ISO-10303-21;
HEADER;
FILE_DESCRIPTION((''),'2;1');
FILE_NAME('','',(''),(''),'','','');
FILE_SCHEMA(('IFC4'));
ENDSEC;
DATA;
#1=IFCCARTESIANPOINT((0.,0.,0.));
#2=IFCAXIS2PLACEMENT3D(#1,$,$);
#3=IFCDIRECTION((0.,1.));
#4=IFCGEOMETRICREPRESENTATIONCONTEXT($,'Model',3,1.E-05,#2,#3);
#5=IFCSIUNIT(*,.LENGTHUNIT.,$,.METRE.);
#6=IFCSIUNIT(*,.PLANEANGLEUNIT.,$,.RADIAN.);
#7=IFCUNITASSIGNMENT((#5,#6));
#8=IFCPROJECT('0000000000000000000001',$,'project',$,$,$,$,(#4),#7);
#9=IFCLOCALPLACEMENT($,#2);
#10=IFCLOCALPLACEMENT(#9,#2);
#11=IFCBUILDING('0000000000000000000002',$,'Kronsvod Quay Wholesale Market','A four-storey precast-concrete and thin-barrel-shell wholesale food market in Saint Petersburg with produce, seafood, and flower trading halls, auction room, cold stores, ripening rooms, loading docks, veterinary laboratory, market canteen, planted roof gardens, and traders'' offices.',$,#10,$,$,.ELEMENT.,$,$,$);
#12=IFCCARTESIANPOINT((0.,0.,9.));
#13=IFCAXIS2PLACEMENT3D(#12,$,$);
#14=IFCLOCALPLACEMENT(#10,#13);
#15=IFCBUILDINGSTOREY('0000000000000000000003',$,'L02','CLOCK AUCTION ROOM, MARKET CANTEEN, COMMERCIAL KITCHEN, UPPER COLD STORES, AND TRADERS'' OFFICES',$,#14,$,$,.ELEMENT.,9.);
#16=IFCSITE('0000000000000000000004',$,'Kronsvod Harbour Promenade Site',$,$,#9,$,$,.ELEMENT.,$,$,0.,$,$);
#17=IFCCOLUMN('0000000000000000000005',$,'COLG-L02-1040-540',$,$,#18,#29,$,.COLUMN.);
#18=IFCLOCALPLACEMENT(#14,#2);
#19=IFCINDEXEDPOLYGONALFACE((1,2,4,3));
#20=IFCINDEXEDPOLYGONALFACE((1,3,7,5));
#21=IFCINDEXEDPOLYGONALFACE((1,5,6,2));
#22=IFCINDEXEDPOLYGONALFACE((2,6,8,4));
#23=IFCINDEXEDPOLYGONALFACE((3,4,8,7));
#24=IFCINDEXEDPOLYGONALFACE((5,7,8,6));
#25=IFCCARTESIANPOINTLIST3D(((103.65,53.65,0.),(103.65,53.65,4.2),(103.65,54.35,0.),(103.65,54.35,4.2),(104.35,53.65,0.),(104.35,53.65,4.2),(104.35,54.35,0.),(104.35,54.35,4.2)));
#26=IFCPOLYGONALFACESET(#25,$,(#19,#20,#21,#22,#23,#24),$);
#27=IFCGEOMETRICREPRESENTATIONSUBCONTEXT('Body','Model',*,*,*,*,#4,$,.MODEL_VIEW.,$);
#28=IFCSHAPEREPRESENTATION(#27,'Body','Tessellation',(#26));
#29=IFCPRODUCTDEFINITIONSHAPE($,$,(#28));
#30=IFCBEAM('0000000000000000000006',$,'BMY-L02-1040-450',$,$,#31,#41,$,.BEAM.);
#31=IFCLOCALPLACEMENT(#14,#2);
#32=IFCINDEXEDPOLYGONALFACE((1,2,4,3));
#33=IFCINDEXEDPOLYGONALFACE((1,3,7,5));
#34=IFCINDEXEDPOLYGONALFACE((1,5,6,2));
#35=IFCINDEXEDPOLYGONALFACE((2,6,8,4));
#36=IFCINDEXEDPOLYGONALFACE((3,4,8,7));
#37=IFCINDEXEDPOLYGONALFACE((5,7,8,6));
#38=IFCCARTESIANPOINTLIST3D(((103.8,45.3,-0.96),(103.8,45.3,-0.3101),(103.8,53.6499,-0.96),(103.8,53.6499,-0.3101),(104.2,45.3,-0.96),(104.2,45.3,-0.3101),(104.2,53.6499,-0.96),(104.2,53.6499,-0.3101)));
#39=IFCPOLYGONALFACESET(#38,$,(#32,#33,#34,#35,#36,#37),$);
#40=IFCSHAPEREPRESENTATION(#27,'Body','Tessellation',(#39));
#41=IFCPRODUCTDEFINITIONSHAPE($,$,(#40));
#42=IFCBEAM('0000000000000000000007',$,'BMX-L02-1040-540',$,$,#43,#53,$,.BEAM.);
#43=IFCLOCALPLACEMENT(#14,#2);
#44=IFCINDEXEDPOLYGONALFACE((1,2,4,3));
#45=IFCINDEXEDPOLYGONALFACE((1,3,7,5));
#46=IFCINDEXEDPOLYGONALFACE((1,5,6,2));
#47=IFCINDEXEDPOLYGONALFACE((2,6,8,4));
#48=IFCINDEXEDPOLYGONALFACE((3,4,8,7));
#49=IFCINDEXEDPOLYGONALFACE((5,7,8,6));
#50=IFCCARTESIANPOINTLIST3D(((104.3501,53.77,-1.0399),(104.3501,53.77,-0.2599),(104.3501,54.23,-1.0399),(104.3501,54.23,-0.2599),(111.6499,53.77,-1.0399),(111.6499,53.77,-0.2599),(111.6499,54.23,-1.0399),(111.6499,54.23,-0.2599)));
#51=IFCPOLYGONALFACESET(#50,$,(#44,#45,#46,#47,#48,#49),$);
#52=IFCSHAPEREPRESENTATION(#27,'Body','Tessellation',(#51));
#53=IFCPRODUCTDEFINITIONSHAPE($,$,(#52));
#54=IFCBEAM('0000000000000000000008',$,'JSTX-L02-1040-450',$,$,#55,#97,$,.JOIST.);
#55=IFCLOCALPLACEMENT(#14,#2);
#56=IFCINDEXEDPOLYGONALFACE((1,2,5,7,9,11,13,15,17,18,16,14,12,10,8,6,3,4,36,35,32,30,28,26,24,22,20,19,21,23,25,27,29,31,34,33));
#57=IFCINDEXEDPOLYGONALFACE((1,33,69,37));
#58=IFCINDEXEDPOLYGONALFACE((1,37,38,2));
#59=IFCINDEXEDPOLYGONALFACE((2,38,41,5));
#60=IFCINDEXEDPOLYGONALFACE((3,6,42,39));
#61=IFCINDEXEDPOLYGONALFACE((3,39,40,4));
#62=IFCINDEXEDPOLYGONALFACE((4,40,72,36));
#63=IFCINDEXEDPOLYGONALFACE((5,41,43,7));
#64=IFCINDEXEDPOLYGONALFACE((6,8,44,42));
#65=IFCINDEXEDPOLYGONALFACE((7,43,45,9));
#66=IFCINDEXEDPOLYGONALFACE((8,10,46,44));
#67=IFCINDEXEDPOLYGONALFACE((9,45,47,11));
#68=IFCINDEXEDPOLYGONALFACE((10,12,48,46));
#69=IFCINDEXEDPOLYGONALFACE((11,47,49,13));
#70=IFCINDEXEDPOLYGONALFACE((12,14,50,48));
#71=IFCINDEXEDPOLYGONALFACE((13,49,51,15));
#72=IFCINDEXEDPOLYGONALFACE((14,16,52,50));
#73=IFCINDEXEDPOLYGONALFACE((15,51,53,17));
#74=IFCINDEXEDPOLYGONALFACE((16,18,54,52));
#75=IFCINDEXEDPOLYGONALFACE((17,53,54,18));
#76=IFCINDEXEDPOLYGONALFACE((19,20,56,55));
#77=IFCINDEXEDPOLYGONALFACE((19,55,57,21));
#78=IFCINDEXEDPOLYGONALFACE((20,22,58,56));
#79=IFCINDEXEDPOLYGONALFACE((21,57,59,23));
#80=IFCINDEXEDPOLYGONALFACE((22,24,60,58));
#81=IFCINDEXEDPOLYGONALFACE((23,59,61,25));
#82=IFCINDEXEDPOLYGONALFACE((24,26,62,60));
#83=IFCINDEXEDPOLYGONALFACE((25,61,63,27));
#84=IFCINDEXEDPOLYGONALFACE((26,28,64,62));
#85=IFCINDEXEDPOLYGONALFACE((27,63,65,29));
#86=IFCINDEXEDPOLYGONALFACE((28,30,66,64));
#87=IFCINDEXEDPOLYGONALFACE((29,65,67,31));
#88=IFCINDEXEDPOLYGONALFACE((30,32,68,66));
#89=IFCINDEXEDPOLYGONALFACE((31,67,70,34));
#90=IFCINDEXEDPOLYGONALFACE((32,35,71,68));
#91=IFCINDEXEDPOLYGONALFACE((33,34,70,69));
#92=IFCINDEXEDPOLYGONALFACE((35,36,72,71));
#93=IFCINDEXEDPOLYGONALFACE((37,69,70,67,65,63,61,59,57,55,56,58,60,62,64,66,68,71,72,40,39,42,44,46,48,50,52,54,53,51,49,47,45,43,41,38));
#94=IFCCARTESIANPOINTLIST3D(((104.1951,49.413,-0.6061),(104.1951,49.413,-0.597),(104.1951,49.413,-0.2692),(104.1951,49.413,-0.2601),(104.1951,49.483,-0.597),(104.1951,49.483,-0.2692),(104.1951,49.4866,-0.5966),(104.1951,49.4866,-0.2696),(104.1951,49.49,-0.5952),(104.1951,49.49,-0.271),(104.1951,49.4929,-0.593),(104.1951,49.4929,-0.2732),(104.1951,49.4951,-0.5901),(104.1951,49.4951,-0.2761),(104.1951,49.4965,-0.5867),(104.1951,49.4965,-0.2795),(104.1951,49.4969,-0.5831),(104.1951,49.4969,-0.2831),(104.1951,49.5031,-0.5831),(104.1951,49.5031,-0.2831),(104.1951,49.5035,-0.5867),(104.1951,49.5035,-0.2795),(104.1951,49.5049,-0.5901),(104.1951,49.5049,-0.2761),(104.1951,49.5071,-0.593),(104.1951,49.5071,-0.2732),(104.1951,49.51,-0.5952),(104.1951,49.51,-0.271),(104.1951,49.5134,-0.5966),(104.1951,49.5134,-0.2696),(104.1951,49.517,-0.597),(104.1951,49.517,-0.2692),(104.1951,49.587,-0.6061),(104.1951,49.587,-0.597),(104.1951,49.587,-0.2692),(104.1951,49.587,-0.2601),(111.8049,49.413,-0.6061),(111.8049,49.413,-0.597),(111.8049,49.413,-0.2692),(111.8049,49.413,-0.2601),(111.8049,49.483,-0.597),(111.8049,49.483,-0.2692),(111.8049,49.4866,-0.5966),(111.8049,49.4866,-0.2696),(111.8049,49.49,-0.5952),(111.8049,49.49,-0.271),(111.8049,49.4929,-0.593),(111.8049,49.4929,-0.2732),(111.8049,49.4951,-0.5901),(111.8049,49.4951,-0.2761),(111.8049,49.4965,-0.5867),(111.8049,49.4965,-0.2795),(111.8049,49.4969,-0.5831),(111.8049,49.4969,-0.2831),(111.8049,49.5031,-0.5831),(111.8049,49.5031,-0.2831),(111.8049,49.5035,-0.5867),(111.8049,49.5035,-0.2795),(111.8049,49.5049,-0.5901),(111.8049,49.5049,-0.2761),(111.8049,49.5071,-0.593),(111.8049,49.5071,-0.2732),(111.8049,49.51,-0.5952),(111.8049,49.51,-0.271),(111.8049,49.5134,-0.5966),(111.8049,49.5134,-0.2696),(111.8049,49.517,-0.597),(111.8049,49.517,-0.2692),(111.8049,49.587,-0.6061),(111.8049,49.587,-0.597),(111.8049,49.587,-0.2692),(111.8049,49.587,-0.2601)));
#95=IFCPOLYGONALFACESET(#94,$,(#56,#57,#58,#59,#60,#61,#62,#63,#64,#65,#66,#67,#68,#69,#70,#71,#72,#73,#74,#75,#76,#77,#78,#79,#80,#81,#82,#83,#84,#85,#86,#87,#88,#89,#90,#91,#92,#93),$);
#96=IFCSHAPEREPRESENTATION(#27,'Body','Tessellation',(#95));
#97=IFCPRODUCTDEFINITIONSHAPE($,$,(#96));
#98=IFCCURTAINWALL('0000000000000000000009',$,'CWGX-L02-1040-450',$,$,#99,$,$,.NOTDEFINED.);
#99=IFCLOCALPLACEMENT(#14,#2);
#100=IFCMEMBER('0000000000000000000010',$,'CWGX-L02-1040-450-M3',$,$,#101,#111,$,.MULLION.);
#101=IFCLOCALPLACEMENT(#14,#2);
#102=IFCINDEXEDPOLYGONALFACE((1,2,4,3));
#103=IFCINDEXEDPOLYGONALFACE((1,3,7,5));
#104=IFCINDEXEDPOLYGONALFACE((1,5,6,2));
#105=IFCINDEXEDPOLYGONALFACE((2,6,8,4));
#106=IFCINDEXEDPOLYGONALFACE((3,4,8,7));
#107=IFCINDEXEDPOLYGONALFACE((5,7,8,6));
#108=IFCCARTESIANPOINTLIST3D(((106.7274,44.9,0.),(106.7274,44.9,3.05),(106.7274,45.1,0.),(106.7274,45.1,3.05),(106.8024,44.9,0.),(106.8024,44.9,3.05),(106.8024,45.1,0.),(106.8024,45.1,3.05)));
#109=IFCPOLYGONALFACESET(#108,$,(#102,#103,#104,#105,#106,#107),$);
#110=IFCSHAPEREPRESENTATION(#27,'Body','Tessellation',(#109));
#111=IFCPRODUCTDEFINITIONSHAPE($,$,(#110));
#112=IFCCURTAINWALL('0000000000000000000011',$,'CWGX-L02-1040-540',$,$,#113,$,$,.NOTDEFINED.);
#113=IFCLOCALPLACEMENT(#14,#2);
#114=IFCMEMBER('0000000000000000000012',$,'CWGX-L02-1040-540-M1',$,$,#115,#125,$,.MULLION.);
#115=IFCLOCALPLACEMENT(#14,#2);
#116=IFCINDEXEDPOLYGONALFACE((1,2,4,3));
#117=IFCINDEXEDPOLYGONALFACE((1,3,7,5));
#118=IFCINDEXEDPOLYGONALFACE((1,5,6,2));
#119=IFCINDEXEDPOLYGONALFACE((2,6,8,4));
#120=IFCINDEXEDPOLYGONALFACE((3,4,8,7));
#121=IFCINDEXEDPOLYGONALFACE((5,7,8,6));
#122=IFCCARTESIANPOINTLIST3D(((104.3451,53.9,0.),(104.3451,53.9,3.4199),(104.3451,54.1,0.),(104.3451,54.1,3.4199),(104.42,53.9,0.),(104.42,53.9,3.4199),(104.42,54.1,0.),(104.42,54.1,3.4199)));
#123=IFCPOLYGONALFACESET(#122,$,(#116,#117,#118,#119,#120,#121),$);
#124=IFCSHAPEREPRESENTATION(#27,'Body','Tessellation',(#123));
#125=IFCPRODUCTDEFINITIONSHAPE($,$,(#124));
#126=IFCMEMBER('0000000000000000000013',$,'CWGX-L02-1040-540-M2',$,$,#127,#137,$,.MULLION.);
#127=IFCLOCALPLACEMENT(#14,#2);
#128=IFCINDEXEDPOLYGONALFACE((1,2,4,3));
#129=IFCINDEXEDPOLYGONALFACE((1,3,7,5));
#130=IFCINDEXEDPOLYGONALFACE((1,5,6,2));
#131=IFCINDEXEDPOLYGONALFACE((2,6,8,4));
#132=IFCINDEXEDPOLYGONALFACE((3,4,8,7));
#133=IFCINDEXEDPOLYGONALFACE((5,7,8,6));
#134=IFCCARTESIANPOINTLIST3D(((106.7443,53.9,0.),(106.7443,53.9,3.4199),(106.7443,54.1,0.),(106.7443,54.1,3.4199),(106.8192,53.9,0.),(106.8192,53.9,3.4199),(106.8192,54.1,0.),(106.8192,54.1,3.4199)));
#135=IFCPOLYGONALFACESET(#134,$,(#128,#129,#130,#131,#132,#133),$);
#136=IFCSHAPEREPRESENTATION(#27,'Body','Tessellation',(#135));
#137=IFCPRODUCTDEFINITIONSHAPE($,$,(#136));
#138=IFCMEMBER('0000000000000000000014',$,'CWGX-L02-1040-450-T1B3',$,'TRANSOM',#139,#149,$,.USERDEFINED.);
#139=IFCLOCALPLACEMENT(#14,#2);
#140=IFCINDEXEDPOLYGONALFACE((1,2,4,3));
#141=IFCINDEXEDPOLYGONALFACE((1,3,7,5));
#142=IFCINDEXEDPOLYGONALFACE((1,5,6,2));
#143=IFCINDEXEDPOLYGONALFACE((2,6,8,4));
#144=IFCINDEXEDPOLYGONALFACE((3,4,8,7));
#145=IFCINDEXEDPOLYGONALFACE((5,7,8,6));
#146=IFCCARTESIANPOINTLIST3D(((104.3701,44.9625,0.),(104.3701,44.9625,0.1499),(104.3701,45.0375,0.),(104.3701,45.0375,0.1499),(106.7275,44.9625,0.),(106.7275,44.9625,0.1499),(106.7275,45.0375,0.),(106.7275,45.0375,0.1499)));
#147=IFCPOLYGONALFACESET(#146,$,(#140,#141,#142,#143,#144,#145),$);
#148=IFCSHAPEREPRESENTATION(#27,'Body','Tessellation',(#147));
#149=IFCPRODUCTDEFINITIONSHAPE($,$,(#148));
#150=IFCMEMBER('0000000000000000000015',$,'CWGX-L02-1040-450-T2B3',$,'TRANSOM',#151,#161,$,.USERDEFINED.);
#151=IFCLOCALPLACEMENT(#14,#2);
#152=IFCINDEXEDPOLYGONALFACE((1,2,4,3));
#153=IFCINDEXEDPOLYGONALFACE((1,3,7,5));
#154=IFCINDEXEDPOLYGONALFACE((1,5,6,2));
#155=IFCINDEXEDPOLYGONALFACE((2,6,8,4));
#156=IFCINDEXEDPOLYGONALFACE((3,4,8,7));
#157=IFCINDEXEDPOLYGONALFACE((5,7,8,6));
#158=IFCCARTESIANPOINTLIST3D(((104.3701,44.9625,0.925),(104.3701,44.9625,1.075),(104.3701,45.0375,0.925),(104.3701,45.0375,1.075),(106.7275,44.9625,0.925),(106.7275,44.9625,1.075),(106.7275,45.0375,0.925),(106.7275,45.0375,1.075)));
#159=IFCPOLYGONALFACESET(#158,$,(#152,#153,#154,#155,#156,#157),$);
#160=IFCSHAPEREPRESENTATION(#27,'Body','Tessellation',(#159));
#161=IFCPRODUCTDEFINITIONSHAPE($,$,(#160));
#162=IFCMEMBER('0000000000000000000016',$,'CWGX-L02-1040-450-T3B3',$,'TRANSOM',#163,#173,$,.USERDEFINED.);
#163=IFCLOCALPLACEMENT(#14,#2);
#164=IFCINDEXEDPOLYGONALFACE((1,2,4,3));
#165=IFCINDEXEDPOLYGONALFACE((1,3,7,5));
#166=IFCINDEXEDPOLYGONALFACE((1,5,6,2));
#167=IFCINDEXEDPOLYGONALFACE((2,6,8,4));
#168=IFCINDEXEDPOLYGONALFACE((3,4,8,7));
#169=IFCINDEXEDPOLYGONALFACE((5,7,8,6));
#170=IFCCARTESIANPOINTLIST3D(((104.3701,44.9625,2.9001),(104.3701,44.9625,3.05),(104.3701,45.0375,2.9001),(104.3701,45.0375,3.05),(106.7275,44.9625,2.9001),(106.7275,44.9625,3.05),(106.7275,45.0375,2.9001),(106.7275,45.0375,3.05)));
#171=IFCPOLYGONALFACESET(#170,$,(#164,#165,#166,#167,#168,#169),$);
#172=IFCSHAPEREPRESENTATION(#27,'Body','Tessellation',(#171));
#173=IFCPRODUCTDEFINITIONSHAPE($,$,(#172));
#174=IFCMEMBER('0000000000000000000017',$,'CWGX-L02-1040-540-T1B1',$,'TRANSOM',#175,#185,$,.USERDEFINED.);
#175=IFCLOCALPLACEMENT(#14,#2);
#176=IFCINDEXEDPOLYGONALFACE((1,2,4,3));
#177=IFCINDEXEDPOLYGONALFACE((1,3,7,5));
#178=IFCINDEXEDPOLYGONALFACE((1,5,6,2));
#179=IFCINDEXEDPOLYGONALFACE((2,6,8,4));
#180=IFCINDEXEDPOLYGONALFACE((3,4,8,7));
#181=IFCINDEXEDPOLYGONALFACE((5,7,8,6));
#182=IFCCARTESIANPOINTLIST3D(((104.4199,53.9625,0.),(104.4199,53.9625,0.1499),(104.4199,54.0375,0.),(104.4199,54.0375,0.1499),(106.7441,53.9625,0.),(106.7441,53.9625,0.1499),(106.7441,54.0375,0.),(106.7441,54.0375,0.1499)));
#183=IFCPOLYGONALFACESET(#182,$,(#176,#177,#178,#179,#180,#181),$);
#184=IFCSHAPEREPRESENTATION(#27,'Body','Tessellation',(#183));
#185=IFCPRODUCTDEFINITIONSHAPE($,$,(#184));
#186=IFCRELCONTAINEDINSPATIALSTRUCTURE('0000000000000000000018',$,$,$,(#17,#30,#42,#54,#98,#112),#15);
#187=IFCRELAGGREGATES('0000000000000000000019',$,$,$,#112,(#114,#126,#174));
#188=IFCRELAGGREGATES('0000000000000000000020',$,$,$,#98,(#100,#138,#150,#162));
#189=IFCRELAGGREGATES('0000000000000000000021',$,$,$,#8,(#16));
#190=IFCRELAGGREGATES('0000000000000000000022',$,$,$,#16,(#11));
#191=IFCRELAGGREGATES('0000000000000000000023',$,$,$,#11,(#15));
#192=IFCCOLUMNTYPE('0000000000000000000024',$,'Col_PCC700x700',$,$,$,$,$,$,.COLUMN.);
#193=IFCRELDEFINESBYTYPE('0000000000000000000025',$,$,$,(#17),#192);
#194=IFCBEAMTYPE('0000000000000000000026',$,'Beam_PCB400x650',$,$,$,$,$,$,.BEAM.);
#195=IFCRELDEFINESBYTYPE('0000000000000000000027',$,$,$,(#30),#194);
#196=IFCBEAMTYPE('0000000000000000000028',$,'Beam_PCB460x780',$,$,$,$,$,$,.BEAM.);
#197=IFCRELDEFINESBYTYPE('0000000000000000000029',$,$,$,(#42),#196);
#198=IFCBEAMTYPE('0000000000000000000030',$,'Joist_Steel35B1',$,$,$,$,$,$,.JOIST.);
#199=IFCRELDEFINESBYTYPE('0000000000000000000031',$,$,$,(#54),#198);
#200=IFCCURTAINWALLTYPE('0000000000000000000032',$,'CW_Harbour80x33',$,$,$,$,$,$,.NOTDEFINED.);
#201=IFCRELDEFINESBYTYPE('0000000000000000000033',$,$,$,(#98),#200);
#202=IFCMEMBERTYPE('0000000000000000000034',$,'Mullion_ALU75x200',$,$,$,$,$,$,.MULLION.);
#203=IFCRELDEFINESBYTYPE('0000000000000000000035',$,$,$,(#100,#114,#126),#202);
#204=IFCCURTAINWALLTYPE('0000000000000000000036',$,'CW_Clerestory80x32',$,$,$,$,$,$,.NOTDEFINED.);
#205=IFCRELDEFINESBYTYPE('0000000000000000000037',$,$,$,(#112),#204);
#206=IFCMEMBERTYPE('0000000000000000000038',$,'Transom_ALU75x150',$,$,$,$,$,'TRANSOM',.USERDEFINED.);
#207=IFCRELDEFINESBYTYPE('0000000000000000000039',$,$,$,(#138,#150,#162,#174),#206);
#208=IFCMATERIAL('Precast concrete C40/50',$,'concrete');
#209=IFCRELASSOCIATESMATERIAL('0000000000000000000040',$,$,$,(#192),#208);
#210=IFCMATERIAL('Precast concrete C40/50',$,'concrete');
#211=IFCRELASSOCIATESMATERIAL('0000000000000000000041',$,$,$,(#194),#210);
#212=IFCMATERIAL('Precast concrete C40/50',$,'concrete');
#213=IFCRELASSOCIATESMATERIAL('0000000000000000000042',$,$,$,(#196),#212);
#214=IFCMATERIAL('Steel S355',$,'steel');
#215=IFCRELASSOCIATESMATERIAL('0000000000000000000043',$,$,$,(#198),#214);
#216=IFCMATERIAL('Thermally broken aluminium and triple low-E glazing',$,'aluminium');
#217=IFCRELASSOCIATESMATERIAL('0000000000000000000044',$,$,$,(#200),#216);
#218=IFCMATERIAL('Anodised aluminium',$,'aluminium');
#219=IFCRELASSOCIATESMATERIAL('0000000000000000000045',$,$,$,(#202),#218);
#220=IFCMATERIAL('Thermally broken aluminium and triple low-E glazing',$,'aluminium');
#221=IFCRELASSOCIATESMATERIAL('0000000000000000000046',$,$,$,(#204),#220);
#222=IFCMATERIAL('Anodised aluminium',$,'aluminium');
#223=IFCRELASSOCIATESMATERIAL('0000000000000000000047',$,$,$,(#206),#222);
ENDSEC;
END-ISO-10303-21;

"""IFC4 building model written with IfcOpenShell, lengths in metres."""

from ifc_helpers import new_model, si_unit, direction, frame, origin, origin_2d, place, context, subcontext, project, spatial, rectangle, i_section, extrude, material, material_profile, profile_set, type_object, element, aggregate, save


model = new_model("IFC4")

# Units and contexts
model_context = context("Model", 3, precision=1e-05, world=origin(), true_north=direction((0.0, 1.0)))
body_context = subcontext(model_context, "Body", "Model", "MODEL_VIEW")
ifc_project = project(units=[si_unit("LENGTHUNIT", "METRE"), si_unit("PLANEANGLEUNIT", "RADIAN")], contexts=[model_context])

# Site, building, storey
site_placement = place(None, origin())
site = spatial("IfcSite", under=ifc_project, at=site_placement, Name="Kronsvod Harbour Promenade Site", CompositionType="ELEMENT", RefElevation=0.0)
building_placement = place(site_placement, origin())
building = spatial("IfcBuilding", under=site, at=building_placement, Name="Kronsvod Quay Wholesale Market", Description="A four-storey precast-concrete and thin-barrel-shell wholesale food market in Saint Petersburg with produce, seafood, and flower trading halls, auction room, cold stores, ripening rooms, loading docks, veterinary laboratory, market canteen, planted roof gardens, and traders' offices.", CompositionType="ELEMENT")
storey_placement = place(building_placement, frame((0.0, 0.0, 9.0)))
storey = spatial("IfcBuildingStorey", under=building, at=storey_placement, Name="L02", Description="CLOCK AUCTION ROOM, MARKET CANTEEN, COMMERCIAL KITCHEN, UPPER COLD STORES, AND TRADERS' OFFICES", CompositionType="ELEMENT", Elevation=9.0)

# Column
ifc_material_1 = material(Name="Precast concrete C40/50", Category="concrete")
ifc_material_profile_1 = material_profile(ifc_material_1, rectangle(XDim=0.7, YDim=0.7, at=origin_2d()), Name="PCC700x700")
ifc_profile_set_1 = profile_set([ifc_material_profile_1], Name="Precast concrete C40/50")
column_type = type_object("IfcColumnType", Name="Col_PCC700x700", PredefinedType="COLUMN", material=ifc_profile_set_1)
column_placement = place(storey_placement, frame((104.0, 54.0, 0.0), z_axis=(0.0, 0.0, 1.0), x_axis=(1.0, 0.0, 0.0)))
element("IfcColumn", 1, at=column_placement, inside=storey, type_object=column_type, Name="COLG-L02-1040-540", PredefinedType="COLUMN", context=body_context, shape_type="SweptSolid", body=[
    extrude(rectangle(XDim=0.7, YDim=0.7, at=origin_2d()), origin(), (0.0, 0.0, 1.0), 4.2),
])

# Beams
ifc_material_2 = material(Name="Precast concrete C40/50", Category="concrete")
ifc_material_profile_2 = material_profile(ifc_material_2, rectangle(XDim=0.3999, YDim=0.6499, at=origin_2d()), Name="PCB400x650")
ifc_profile_set_2 = profile_set([ifc_material_profile_2], Name="Precast concrete C40/50")
beam_type_1 = type_object("IfcBeamType", Name="Beam_PCB400x650", PredefinedType="BEAM", material=ifc_profile_set_2)
beam_1_placement = place(storey_placement, frame((104.0, 45.3, -0.635), z_axis=(0.0, 1.0, 0.0), x_axis=(-1.0, 0.0, 0.0)))
element("IfcBeam", 2, at=beam_1_placement, inside=storey, type_object=beam_type_1, Name="BMY-L02-1040-450", PredefinedType="BEAM", context=body_context, shape_type="SweptSolid", body=[
    extrude(rectangle(XDim=0.3999, YDim=0.6499, at=origin_2d()), origin(), (0.0, 0.0, 1.0), 8.3499),
])
ifc_material_3 = material(Name="Precast concrete C40/50", Category="concrete")
ifc_material_profile_3 = material_profile(ifc_material_3, rectangle(XDim=0.46, YDim=0.78, at=origin_2d()), Name="PB-03")
ifc_profile_set_3 = profile_set([ifc_material_profile_3], Name="Precast concrete C40/50")
beam_type_2 = type_object("IfcBeamType", Name="Beam_PCB460x780", PredefinedType="BEAM", material=ifc_profile_set_3)
beam_2_placement = place(storey_placement, frame((104.3501, 54.0, -0.6499), z_axis=(1.0, 0.0, 0.0), x_axis=(0.0, 1.0, 0.0)))
element("IfcBeam", 3, at=beam_2_placement, inside=storey, type_object=beam_type_2, Name="BMX-L02-1040-540", PredefinedType="BEAM", context=body_context, shape_type="SweptSolid", body=[
    extrude(rectangle(XDim=0.46, YDim=0.78, at=origin_2d()), origin(), (0.0, 0.0, 1.0), 7.2998),
])
ifc_material_4 = material(Name="Steel S355", Category="steel")
ifc_material_profile_4 = material_profile(ifc_material_4, i_section(OverallWidth=0.1741, OverallDepth=0.3459, WebThickness=0.0061, FlangeThickness=0.009, FilletRadius=0.0139, at=origin_2d()), Name="35B1")
ifc_profile_set_4 = profile_set([ifc_material_profile_4], Name="Steel S355")
beam_type_3 = type_object("IfcBeamType", Name="Joist_Steel35B1", PredefinedType="JOIST", material=ifc_profile_set_4)
beam_3_placement = place(storey_placement, frame((104.1951, 49.5, -0.4331), z_axis=(1.0, 0.0, 0.0), x_axis=(0.0, 1.0, 0.0)))
element("IfcBeam", 4, at=beam_3_placement, inside=storey, type_object=beam_type_3, Name="JSTX-L02-1040-450", PredefinedType="JOIST", context=body_context, shape_type="SweptSolid", body=[
    extrude(i_section(OverallWidth=0.1741, OverallDepth=0.3459, WebThickness=0.0061, FlangeThickness=0.009, FilletRadius=0.0139, at=origin_2d()), origin(), (0.0, 0.0, 1.0), 7.6099),
])

# Curtain wall, member
ifc_material_5 = material(Name="Thermally broken aluminium and triple low-E glazing", Category="aluminium")
curtain_wall_type_1 = type_object("IfcCurtainWallType", Name="CW_Harbour80x33", PredefinedType="NOTDEFINED", material=ifc_material_5)
curtain_wall_1_placement = place(storey_placement, origin())
curtain_wall_1 = element("IfcCurtainWall", 5, at=curtain_wall_1_placement, inside=storey, type_object=curtain_wall_type_1, Name="CWGX-L02-1040-450", PredefinedType="NOTDEFINED")
ifc_material_6 = material(Name="Anodised aluminium", Category="aluminium")
ifc_material_profile_5 = material_profile(ifc_material_6, rectangle(XDim=0.075, YDim=0.2, at=origin_2d()), Name="ALUM75x200")
ifc_profile_set_5 = profile_set([ifc_material_profile_5], Name="Anodised aluminium")
member_type_1 = type_object("IfcMemberType", Name="Mullion_ALU75x200", PredefinedType="MULLION", material=ifc_profile_set_5)
member_1_placement = place(storey_placement, frame((106.7649, 45.0, 0.0), z_axis=(0.0, 0.0, 1.0), x_axis=(1.0, 0.0, 0.0)))
member_1 = element("IfcMember", 6, at=member_1_placement, type_object=member_type_1, Name="CWGX-L02-1040-450-M3", PredefinedType="MULLION", context=body_context, shape_type="SweptSolid", body=[
    extrude(rectangle(XDim=0.075, YDim=0.2, at=origin_2d()), origin(), (0.0, 0.0, 1.0), 3.05),
])

# Curtain wall, members
ifc_material_7 = material(Name="Thermally broken aluminium and triple low-E glazing", Category="aluminium")
curtain_wall_type_2 = type_object("IfcCurtainWallType", Name="CW_Clerestory80x32", PredefinedType="NOTDEFINED", material=ifc_material_7)
curtain_wall_2_placement = place(storey_placement, origin())
curtain_wall_2 = element("IfcCurtainWall", 7, at=curtain_wall_2_placement, inside=storey, type_object=curtain_wall_type_2, Name="CWGX-L02-1040-540", PredefinedType="NOTDEFINED")
member_2_placement = place(storey_placement, frame((104.3826, 54.0, 0.0), z_axis=(0.0, 0.0, 1.0), x_axis=(1.0, 0.0, 0.0)))
member_2 = element("IfcMember", 8, at=member_2_placement, type_object=member_type_1, Name="CWGX-L02-1040-540-M1", PredefinedType="MULLION", context=body_context, shape_type="SweptSolid", body=[
    extrude(rectangle(XDim=0.075, YDim=0.2, at=origin_2d()), origin(), (0.0, 0.0, 1.0), 3.4199),
])
member_3_placement = place(storey_placement, frame((106.7817, 54.0, 0.0), z_axis=(0.0, 0.0, 1.0), x_axis=(1.0, 0.0, 0.0)))
member_3 = element("IfcMember", 9, at=member_3_placement, type_object=member_type_1, Name="CWGX-L02-1040-540-M2", PredefinedType="MULLION", context=body_context, shape_type="SweptSolid", body=[
    extrude(rectangle(XDim=0.075, YDim=0.2, at=origin_2d()), origin(), (0.0, 0.0, 1.0), 3.4199),
])

# Members
ifc_material_8 = material(Name="Anodised aluminium", Category="aluminium")
ifc_material_profile_6 = material_profile(ifc_material_8, rectangle(XDim=0.075, YDim=0.1499, at=origin_2d()), Name="ALUT75x150")
ifc_profile_set_6 = profile_set([ifc_material_profile_6], Name="Anodised aluminium")
member_type_2 = type_object("IfcMemberType", Name="Transom_ALU75x150", ElementType="TRANSOM", PredefinedType="USERDEFINED", material=ifc_profile_set_6)
member_4_placement = place(storey_placement, frame((106.7275, 45.0, 0.075), z_axis=(-1.0, 0.0, 0.0), x_axis=(0.0, -1.0, 0.0)))
member_4 = element("IfcMember", 10, at=member_4_placement, type_object=member_type_2, Name="CWGX-L02-1040-450-T1B3", ObjectType="TRANSOM", PredefinedType="USERDEFINED", context=body_context, shape_type="SweptSolid", body=[
    extrude(rectangle(XDim=0.075, YDim=0.1499, at=origin_2d()), origin(), (0.0, 0.0, 1.0), 2.3574),
])
member_5_placement = place(storey_placement, frame((106.7275, 45.0, 1.0), z_axis=(-1.0, 0.0, 0.0), x_axis=(0.0, -1.0, 0.0)))
member_5 = element("IfcMember", 11, at=member_5_placement, type_object=member_type_2, Name="CWGX-L02-1040-450-T2B3", ObjectType="TRANSOM", PredefinedType="USERDEFINED", context=body_context, shape_type="SweptSolid", body=[
    extrude(rectangle(XDim=0.075, YDim=0.1499, at=origin_2d()), origin(), (0.0, 0.0, 1.0), 2.3574),
])
member_6_placement = place(storey_placement, frame((106.7275, 45.0, 2.9751), z_axis=(-1.0, 0.0, 0.0), x_axis=(0.0, -1.0, 0.0)))
member_6 = element("IfcMember", 12, at=member_6_placement, type_object=member_type_2, Name="CWGX-L02-1040-450-T3B3", ObjectType="TRANSOM", PredefinedType="USERDEFINED", context=body_context, shape_type="SweptSolid", body=[
    extrude(rectangle(XDim=0.075, YDim=0.1499, at=origin_2d()), origin(), (0.0, 0.0, 1.0), 2.3574),
])
member_7_placement = place(storey_placement, frame((104.4199, 54.0, 0.075), z_axis=(1.0, 0.0, 0.0), x_axis=(0.0, 1.0, 0.0)))
member_7 = element("IfcMember", 13, at=member_7_placement, type_object=member_type_2, Name="CWGX-L02-1040-540-T1B1", ObjectType="TRANSOM", PredefinedType="USERDEFINED", context=body_context, shape_type="SweptSolid", body=[
    extrude(rectangle(XDim=0.075, YDim=0.1499, at=origin_2d()), origin(), (0.0, 0.0, 1.0), 2.3242),
])

aggregate(curtain_wall_2, [member_2, member_3, member_7])
aggregate(curtain_wall_1, [member_1, member_4, member_5, member_6])

save(model, "model.ifc")
